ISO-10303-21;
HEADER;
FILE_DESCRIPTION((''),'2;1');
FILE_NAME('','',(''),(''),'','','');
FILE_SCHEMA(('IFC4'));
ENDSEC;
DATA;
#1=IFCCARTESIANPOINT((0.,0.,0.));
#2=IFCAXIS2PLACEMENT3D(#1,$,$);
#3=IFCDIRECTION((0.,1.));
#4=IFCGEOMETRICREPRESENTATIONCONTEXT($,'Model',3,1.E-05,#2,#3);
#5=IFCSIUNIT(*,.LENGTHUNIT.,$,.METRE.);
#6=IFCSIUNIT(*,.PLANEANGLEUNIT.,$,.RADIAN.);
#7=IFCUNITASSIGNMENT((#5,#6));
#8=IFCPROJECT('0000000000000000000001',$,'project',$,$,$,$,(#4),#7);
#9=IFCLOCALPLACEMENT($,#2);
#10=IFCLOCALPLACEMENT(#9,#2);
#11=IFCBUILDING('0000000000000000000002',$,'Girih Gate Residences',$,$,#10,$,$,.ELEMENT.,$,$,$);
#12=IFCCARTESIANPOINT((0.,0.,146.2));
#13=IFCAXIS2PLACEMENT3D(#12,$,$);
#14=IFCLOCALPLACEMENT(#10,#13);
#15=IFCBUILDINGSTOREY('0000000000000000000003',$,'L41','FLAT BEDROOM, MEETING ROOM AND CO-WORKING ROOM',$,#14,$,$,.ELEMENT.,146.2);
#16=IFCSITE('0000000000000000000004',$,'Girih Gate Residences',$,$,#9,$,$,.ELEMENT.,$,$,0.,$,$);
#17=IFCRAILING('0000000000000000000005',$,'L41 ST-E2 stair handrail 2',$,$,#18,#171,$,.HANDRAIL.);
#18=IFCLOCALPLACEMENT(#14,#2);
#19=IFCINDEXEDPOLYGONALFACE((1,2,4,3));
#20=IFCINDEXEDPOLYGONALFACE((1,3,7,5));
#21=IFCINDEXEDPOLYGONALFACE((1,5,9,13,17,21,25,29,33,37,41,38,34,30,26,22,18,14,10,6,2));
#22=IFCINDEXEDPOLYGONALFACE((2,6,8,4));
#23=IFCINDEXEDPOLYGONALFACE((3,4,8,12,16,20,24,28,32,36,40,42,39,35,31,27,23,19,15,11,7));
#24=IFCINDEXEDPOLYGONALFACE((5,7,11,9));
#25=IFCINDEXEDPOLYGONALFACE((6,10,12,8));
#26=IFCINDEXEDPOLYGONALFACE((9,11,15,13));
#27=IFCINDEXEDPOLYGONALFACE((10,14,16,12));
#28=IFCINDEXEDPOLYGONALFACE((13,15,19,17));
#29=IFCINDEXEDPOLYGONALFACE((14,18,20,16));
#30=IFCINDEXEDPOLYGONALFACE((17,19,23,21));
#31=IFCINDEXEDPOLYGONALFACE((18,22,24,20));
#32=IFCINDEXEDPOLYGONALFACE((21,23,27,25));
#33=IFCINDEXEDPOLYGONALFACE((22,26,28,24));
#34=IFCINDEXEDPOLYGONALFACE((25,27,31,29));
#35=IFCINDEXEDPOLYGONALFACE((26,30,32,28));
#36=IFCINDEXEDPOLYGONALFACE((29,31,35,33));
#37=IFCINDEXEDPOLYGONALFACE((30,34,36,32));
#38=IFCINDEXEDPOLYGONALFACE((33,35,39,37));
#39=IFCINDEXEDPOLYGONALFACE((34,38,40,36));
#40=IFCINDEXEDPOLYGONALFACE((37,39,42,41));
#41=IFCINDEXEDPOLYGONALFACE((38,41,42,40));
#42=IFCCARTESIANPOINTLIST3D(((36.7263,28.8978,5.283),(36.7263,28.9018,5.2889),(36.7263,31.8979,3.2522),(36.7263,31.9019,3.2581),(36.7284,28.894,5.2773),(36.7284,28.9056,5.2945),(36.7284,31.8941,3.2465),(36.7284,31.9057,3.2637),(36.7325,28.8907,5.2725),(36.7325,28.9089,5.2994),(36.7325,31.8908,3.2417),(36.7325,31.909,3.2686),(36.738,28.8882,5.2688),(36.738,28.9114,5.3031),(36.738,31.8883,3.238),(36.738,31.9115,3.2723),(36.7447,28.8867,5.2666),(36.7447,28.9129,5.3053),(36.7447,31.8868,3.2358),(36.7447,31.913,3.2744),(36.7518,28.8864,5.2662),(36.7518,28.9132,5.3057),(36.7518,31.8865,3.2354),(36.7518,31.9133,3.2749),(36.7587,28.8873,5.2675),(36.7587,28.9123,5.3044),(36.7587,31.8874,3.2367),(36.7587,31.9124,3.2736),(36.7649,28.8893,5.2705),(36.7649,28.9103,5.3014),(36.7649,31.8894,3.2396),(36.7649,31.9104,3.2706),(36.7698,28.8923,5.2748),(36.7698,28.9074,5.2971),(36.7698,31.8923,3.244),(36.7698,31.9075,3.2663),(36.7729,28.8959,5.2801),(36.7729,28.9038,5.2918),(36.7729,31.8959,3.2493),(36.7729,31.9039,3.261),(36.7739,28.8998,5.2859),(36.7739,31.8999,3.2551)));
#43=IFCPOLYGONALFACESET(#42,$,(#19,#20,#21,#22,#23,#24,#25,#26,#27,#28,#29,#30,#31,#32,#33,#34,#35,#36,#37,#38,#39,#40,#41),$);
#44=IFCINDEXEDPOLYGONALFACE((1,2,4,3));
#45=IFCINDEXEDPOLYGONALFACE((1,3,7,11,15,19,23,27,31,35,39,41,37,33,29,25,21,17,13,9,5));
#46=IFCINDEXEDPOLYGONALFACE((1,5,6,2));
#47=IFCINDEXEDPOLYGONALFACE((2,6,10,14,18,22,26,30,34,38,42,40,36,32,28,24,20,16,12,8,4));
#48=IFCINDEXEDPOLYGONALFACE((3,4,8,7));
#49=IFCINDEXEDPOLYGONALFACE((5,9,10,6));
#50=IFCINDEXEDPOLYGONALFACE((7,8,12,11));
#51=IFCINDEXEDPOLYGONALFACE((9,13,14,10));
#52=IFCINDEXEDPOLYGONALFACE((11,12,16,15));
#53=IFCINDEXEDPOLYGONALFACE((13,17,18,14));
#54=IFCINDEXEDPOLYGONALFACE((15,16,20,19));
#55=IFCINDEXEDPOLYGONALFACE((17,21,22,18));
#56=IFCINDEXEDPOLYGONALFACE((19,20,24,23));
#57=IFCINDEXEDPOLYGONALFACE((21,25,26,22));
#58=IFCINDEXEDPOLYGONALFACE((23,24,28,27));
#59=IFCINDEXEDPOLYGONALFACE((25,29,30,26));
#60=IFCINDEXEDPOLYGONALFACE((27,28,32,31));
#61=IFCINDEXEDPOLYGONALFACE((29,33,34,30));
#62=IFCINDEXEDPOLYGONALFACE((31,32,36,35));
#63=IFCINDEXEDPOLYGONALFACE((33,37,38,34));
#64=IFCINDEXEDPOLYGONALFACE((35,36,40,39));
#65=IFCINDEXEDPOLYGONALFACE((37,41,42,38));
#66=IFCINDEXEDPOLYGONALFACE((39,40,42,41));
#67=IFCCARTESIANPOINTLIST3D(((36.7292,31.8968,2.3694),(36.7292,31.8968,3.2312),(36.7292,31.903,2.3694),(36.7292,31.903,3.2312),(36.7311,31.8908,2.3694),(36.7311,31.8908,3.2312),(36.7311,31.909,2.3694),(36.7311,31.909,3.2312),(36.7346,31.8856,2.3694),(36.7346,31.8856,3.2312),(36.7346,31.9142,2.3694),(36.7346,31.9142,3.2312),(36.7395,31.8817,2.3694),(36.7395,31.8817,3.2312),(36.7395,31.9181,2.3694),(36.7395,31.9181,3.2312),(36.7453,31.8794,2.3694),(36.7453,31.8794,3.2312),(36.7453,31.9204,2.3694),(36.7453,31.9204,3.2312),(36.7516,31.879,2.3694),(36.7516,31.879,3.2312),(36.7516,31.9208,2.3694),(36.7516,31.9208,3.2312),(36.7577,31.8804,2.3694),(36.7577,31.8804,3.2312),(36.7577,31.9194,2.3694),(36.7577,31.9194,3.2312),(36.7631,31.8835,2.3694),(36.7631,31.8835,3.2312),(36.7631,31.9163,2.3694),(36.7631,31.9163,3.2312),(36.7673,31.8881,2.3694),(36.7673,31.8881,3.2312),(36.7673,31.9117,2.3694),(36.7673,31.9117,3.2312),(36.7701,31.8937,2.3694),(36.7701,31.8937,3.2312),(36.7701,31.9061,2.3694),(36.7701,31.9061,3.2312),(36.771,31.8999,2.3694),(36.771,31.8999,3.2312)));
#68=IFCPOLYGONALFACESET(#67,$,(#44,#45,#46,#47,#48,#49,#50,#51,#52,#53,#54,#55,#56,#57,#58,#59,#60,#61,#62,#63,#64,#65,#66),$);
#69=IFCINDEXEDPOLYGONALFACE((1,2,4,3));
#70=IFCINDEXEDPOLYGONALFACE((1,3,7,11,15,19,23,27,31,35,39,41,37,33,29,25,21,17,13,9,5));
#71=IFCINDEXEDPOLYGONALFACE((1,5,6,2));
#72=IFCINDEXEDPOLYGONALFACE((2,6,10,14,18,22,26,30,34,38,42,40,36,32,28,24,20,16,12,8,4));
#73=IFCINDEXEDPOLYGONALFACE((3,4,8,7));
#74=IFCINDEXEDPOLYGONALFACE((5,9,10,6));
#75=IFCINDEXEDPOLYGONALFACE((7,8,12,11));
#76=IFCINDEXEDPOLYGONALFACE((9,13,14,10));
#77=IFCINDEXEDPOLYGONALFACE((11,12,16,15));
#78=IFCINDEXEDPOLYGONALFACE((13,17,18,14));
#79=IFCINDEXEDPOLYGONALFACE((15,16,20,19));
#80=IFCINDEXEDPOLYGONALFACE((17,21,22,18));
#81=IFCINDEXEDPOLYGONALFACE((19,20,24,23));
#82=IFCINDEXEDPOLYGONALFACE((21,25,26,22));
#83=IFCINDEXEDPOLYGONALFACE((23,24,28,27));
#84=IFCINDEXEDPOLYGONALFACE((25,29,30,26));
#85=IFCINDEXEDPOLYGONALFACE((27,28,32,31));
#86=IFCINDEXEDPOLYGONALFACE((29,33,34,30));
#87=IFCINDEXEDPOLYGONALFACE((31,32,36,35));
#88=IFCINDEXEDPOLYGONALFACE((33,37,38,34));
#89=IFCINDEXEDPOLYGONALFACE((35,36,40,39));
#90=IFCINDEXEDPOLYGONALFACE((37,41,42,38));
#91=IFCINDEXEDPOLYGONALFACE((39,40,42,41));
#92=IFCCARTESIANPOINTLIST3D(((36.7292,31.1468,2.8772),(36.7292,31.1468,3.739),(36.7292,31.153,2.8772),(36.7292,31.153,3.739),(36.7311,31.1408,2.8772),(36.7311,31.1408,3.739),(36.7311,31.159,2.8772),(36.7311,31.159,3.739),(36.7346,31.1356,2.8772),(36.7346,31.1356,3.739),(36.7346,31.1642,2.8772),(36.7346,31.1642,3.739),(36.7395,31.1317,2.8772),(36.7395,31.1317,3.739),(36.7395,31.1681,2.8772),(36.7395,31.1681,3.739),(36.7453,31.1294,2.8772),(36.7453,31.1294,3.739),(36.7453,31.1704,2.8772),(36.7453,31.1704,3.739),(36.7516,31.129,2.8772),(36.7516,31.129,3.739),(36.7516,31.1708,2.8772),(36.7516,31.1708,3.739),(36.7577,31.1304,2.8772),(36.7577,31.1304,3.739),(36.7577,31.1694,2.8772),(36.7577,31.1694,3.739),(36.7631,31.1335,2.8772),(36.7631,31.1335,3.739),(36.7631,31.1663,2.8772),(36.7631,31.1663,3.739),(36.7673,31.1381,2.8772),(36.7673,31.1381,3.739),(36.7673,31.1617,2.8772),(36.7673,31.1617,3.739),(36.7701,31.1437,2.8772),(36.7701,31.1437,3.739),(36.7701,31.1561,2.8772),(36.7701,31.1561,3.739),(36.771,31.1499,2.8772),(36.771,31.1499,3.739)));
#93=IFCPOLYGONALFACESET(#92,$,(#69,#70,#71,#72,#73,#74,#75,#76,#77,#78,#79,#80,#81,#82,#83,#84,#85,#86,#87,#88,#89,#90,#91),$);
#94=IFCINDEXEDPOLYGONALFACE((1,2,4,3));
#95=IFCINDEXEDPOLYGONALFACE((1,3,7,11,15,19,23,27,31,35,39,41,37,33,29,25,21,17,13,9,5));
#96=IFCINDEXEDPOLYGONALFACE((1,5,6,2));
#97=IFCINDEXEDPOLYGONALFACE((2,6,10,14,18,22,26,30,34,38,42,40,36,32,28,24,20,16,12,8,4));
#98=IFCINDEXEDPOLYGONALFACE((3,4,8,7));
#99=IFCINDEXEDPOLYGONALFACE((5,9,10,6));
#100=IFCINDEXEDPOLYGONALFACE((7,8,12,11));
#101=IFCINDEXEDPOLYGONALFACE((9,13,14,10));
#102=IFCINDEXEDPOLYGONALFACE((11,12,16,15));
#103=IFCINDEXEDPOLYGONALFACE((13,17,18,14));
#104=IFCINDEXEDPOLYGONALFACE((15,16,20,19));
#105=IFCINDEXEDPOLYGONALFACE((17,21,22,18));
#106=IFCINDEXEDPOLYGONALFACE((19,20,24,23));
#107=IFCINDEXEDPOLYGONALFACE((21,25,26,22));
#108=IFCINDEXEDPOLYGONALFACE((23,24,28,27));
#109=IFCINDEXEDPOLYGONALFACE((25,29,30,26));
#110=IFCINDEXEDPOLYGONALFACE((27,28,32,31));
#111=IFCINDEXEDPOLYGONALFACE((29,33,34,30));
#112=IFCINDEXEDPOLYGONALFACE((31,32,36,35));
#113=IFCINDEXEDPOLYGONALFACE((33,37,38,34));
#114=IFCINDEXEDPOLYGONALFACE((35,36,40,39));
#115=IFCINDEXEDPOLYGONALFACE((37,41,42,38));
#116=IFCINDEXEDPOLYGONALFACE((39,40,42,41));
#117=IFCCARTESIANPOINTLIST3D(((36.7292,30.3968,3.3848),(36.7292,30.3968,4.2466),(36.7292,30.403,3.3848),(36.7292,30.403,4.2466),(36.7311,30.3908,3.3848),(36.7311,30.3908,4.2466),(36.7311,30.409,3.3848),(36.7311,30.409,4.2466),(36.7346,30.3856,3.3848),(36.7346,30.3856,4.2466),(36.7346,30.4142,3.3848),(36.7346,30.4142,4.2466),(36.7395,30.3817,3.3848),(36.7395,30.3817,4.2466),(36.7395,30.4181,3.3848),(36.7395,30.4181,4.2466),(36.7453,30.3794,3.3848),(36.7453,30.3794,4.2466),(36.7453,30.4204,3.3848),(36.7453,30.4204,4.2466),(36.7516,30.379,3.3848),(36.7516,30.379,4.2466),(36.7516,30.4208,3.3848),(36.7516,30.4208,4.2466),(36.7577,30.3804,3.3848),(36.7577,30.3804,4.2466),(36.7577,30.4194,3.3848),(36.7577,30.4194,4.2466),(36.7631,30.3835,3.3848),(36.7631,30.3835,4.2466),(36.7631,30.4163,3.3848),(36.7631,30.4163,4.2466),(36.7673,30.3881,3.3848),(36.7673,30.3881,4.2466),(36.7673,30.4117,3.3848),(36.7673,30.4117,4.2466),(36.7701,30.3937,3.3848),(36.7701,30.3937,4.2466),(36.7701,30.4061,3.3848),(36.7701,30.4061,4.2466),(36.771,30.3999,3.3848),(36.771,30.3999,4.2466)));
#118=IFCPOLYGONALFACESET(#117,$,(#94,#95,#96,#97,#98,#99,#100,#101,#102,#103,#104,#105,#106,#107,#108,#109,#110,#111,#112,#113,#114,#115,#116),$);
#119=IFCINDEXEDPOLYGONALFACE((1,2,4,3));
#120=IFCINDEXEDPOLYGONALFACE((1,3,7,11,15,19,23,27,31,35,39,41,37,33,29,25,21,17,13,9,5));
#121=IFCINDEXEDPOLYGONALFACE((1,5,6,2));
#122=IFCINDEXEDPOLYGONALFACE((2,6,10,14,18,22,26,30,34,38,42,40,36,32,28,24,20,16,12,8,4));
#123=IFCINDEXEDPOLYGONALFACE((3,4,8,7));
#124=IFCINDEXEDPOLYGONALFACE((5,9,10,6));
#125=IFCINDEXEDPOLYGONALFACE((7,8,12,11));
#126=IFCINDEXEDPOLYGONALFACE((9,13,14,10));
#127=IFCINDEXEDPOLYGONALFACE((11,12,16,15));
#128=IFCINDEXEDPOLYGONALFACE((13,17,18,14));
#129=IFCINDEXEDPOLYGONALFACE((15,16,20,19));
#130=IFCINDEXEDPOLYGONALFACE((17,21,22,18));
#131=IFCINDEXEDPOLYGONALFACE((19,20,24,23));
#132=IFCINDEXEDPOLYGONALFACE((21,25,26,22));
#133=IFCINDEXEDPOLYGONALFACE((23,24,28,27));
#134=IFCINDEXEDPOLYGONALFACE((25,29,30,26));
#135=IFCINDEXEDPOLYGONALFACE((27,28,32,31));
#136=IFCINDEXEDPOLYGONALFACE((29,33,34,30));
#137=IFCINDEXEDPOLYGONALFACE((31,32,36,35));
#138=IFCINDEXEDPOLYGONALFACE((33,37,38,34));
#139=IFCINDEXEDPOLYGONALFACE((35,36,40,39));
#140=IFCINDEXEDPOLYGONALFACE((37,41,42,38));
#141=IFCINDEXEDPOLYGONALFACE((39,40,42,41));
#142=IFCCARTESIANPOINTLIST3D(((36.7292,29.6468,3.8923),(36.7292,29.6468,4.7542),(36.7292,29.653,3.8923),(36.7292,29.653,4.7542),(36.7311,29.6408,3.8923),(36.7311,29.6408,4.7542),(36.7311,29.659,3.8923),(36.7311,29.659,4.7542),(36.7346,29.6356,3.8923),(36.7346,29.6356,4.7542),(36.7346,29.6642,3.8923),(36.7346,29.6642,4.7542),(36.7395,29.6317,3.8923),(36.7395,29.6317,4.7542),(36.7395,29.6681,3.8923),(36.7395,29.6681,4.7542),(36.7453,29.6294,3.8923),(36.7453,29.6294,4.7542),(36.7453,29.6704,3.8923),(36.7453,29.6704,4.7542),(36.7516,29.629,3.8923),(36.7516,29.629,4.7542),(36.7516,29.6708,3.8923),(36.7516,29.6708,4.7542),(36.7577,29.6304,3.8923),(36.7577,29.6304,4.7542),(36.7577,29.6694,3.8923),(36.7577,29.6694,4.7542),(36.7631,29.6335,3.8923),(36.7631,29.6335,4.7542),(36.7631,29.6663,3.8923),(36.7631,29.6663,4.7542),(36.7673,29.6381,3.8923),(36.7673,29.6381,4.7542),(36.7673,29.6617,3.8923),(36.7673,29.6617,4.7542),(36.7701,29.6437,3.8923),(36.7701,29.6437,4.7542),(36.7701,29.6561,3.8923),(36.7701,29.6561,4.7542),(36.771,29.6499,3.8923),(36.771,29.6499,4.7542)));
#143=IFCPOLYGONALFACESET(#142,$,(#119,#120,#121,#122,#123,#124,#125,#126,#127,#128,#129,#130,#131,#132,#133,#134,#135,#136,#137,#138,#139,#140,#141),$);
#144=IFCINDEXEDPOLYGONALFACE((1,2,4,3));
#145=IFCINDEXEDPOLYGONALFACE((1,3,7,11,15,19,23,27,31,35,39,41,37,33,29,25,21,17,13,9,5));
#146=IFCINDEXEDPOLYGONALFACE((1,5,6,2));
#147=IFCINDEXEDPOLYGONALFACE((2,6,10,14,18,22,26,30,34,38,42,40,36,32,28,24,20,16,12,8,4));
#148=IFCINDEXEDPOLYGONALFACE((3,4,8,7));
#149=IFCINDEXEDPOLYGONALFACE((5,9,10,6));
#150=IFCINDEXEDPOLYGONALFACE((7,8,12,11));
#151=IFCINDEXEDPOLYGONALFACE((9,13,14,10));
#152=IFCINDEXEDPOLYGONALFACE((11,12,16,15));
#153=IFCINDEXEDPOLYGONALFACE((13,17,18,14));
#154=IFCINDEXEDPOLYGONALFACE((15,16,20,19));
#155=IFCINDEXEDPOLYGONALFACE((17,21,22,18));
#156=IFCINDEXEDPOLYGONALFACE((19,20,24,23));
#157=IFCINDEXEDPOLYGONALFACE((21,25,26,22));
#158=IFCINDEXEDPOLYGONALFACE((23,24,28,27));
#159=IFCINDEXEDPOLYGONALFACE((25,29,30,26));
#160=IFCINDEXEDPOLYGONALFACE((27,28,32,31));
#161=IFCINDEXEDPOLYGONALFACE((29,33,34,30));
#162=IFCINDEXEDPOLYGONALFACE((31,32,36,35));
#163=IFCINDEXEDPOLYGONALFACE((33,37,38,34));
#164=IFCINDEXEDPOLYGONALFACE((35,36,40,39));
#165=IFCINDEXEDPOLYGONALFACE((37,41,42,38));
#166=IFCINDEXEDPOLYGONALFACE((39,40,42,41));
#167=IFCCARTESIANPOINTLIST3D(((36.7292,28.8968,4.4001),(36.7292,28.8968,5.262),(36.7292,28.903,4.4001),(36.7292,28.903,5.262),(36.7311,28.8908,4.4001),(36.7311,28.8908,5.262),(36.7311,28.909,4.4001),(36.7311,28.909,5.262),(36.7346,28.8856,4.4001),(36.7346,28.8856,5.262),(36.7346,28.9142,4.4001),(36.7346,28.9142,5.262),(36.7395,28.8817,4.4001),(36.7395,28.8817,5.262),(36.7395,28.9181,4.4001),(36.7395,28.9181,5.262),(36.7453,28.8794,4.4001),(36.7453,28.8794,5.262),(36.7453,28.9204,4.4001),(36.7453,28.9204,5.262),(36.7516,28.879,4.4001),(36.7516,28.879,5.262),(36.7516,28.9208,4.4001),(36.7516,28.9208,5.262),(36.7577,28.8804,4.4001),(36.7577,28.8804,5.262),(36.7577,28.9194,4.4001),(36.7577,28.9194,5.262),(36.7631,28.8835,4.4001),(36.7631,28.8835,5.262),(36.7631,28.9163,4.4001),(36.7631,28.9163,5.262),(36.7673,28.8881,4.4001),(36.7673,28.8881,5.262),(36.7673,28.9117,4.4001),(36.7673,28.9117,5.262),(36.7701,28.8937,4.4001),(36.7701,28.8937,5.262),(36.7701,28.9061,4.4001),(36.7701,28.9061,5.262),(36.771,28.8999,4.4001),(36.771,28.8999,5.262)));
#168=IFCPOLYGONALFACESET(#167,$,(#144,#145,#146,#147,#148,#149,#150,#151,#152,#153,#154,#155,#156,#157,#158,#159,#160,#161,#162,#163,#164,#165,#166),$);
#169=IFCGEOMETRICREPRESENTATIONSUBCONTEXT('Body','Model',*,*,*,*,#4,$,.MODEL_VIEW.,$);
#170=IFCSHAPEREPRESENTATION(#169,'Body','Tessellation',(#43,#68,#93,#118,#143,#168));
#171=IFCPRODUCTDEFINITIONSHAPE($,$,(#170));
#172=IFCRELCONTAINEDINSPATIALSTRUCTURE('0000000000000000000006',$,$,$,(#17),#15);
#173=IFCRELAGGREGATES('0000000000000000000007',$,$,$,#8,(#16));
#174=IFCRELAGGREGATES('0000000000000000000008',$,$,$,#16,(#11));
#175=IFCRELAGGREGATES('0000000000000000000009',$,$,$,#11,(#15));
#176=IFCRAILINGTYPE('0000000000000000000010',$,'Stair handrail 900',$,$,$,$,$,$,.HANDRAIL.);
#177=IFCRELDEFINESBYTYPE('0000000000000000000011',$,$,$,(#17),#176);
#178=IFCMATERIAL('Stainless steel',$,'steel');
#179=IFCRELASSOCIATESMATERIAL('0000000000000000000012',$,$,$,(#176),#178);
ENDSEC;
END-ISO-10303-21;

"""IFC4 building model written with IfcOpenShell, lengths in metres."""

from ifc_helpers import new_model, si_unit, direction, frame, origin, origin_2d, place, context, subcontext, project, spatial, circle, extrude, material, type_object, element, save


model = new_model("IFC4")

# Units and contexts
model_context = context("Model", 3, precision=1e-05, world=origin(), true_north=direction((0.0, 1.0)))
body_context = subcontext(model_context, "Body", "Model", "MODEL_VIEW")
ifc_project = project(units=[si_unit("LENGTHUNIT", "METRE"), si_unit("PLANEANGLEUNIT", "RADIAN")], contexts=[model_context])

# Site, building, storey
site_placement = place(None, origin())
site = spatial("IfcSite", under=ifc_project, at=site_placement, Name="Girih Gate Residences", CompositionType="ELEMENT", RefElevation=0.0)
building_placement = place(site_placement, origin())
building = spatial("IfcBuilding", under=site, at=building_placement, Name="Girih Gate Residences", CompositionType="ELEMENT")
storey_placement = place(building_placement, frame((0.0, 0.0, 146.2)))
storey = spatial("IfcBuildingStorey", under=building, at=storey_placement, Name="L41", Description="FLAT BEDROOM, MEETING ROOM AND CO-WORKING ROOM", CompositionType="ELEMENT", Elevation=146.2)

# Shared definitions
ifc_material_1 = material(Name="Stainless steel", Category="steel")

# Railing
railing_type_1 = type_object("IfcRailingType", Name="Stair handrail 900", PredefinedType="HANDRAIL", material=ifc_material_1)
railing_1_placement = place(storey_placement, frame((36.75, 31.8999, 2.3694)))
element("IfcRailing", 1, at=railing_1_placement, inside=storey, type_object=railing_type_1, Name="L41 ST-E2 stair handrail 2", PredefinedType="HANDRAIL", context=body_context, shape_type="SweptSolid", body=[
    extrude(circle(Radius=0.0239, at=origin_2d()), frame((0.0, 0.0, 0.8857), z_axis=(0.0, -0.82811, 0.560565), x_axis=(1.0, 0.0, 0.0)), (0.0, 0.0, 1.0), 3.6228),
    extrude(circle(Radius=0.021, at=origin_2d()), origin(), (0.0, 0.0, 1.0), 0.8618),
    extrude(circle(Radius=0.021, at=origin_2d()), frame((0.0, -0.75, 0.5078)), (0.0, 0.0, 1.0), 0.8618),
    extrude(circle(Radius=0.021, at=origin_2d()), frame((0.0, -1.5, 1.0154)), (0.0, 0.0, 1.0), 0.8618),
    extrude(circle(Radius=0.021, at=origin_2d()), frame((0.0, -2.25, 1.5229)), (0.0, 0.0, 1.0), 0.8618),
    extrude(circle(Radius=0.021, at=origin_2d()), frame((0.0, -3.0, 2.0308)), (0.0, 0.0, 1.0), 0.8618),
])

save(model, "model.ifc")
